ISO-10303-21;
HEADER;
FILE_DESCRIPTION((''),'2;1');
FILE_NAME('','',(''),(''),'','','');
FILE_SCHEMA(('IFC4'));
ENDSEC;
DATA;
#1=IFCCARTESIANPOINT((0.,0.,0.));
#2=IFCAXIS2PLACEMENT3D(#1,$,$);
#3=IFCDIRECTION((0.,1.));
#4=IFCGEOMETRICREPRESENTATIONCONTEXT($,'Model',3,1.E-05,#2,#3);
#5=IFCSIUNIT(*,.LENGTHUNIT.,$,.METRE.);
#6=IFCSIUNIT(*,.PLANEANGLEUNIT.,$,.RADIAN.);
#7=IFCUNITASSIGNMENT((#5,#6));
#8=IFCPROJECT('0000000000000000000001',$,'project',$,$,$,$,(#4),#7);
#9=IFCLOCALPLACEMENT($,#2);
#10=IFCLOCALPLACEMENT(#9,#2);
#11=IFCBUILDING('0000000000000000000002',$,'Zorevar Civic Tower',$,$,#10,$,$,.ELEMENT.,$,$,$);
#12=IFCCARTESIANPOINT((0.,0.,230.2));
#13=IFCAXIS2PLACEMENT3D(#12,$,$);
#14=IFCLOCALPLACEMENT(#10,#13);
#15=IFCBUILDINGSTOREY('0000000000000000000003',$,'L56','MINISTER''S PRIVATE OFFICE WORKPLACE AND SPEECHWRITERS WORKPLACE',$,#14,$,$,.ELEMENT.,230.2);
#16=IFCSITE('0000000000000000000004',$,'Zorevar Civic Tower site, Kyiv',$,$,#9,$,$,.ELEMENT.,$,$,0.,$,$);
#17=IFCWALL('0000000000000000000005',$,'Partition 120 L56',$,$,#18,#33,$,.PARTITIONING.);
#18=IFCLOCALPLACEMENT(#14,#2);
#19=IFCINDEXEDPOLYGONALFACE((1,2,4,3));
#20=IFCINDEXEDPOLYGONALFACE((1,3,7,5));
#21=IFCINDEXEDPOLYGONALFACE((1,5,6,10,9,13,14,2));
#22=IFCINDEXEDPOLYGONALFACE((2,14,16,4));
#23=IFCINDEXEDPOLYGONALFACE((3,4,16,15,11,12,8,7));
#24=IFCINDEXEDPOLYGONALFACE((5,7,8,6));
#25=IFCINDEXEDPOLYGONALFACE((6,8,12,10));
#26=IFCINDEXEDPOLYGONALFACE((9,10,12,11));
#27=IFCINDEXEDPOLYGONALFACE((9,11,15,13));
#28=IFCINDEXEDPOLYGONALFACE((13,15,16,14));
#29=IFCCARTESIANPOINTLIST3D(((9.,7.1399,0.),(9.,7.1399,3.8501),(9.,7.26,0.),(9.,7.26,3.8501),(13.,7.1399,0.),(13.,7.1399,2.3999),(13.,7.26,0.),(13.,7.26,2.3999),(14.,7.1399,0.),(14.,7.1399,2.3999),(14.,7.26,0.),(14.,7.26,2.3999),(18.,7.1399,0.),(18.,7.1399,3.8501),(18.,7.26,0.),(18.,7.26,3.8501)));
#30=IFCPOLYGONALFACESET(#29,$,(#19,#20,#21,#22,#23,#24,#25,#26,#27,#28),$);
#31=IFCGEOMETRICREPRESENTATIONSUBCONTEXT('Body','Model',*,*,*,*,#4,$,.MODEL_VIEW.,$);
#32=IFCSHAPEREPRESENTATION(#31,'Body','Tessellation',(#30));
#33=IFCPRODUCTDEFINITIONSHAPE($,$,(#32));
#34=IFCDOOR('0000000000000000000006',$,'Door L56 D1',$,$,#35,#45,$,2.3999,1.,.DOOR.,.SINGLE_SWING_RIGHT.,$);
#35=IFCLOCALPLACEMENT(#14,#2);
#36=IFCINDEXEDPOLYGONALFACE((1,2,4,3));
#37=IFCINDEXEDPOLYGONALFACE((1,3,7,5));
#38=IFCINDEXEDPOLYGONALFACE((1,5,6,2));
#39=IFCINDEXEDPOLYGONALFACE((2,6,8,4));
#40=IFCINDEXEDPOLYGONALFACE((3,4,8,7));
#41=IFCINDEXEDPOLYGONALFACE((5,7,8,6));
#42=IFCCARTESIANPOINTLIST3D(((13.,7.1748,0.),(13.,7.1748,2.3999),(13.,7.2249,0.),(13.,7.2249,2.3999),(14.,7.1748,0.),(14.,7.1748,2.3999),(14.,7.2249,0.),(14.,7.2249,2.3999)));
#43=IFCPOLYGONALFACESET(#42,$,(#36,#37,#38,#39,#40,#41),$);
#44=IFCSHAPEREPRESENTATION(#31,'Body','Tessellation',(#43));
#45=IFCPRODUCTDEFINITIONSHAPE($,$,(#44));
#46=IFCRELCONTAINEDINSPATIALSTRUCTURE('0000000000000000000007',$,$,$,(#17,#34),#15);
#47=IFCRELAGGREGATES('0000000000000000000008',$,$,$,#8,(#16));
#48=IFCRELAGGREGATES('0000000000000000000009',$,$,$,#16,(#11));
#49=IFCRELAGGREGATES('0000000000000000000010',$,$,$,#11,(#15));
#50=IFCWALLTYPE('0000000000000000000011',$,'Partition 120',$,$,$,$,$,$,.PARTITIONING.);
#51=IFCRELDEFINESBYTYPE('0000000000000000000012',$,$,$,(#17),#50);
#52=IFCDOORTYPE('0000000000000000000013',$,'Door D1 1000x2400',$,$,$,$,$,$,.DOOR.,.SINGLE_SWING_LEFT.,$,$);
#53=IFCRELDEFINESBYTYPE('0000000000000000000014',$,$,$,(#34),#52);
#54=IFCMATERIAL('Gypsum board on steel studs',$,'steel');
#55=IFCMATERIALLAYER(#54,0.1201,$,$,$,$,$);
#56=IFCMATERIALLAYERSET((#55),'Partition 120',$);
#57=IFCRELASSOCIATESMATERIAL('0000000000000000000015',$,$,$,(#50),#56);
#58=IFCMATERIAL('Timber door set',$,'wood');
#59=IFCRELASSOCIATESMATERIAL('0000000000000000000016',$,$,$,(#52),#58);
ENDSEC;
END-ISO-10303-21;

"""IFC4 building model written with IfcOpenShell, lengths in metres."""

from ifc_helpers import new_model, si_unit, direction, frame, frame_2d, origin, place, context, subcontext, project, spatial, rectangle, extrude, material, layer, layer_set, type_object, element, fill, save


model = new_model("IFC4")

# Units and contexts
model_context = context("Model", 3, precision=1e-05, world=origin(), true_north=direction((0.0, 1.0)))
body_context = subcontext(model_context, "Body", "Model", "MODEL_VIEW")
ifc_project = project(units=[si_unit("LENGTHUNIT", "METRE"), si_unit("PLANEANGLEUNIT", "RADIAN")], contexts=[model_context])

# Site, building, storey
site_placement = place(None, origin())
site = spatial("IfcSite", under=ifc_project, at=site_placement, Name="Zorevar Civic Tower site, Kyiv", CompositionType="ELEMENT", RefElevation=0.0)
building_placement = place(site_placement, origin())
building = spatial("IfcBuilding", under=site, at=building_placement, Name="Zorevar Civic Tower", CompositionType="ELEMENT")
storey_placement = place(building_placement, frame((0.0, 0.0, 230.2)))
storey = spatial("IfcBuildingStorey", under=building, at=storey_placement, Name="L56", Description="MINISTER'S PRIVATE OFFICE WORKPLACE AND SPEECHWRITERS WORKPLACE", CompositionType="ELEMENT", Elevation=230.2)

# Wall, opening, door
ifc_material_1 = material(Name="Gypsum board on steel studs", Category="steel")
ifc_layer_1 = layer(ifc_material_1, 0.1201)
ifc_layer_set_1 = layer_set([ifc_layer_1], Name="Partition 120")
wall_type_1 = type_object("IfcWallType", Name="Partition 120", PredefinedType="PARTITIONING", material=ifc_layer_set_1)
wall_1_placement = place(storey_placement, frame((9.0, 7.2, 0.0), z_axis=(0.0, 0.0, 1.0), x_axis=(1.0, 0.0, 0.0)))
wall_1 = element("IfcWall", 1, at=wall_1_placement, inside=storey, type_object=wall_type_1, Name="Partition 120 L56", PredefinedType="PARTITIONING", context=body_context, shape_type="SweptSolid", body=[
    extrude(rectangle(XDim=9.0, YDim=0.1201, at=frame_2d((4.5, 0.0))), origin(), (0.0, 0.0, 1.0), 3.8501),
])
opening_1_placement = place(wall_1_placement, frame((4.0, 0.0, 0.0)))
opening_1 = element("IfcOpeningElement", 2, at=opening_1_placement, cuts=wall_1, PredefinedType="OPENING", context=body_context, shape_type="SweptSolid", body=[
    extrude(rectangle(XDim=1.0, YDim=2.3999, at=frame_2d((0.5, 1.2))), frame((0.0, 0.0701, 0.0), z_axis=(0.0, -1.0, 0.0), x_axis=(1.0, 0.0, 0.0)), (0.0, 0.0, 1.0), 0.1401),
])
ifc_material_2 = material(Name="Timber door set", Category="wood")
door_type_1 = type_object("IfcDoorType", Name="Door D1 1000x2400", OperationType="SINGLE_SWING_LEFT", PredefinedType="DOOR", material=ifc_material_2)
door_1_placement = place(opening_1_placement, origin())
door_1 = element("IfcDoor", 3, at=door_1_placement, inside=storey, type_object=door_type_1, Name="Door L56 D1", OperationType="SINGLE_SWING_RIGHT", OverallHeight=2.3999, OverallWidth=1.0, PredefinedType="DOOR", context=body_context, shape_type="SweptSolid", body=[
    extrude(rectangle(XDim=1.0, YDim=2.3999, at=frame_2d((0.5, 1.2))), frame((0.0, 0.0249, 0.0), z_axis=(0.0, -1.0, 0.0), x_axis=(1.0, 0.0, 0.0)), (0.0, 0.0, 1.0), 0.05),
])
fill(opening_1, door_1)

save(model, "model.ifc")
